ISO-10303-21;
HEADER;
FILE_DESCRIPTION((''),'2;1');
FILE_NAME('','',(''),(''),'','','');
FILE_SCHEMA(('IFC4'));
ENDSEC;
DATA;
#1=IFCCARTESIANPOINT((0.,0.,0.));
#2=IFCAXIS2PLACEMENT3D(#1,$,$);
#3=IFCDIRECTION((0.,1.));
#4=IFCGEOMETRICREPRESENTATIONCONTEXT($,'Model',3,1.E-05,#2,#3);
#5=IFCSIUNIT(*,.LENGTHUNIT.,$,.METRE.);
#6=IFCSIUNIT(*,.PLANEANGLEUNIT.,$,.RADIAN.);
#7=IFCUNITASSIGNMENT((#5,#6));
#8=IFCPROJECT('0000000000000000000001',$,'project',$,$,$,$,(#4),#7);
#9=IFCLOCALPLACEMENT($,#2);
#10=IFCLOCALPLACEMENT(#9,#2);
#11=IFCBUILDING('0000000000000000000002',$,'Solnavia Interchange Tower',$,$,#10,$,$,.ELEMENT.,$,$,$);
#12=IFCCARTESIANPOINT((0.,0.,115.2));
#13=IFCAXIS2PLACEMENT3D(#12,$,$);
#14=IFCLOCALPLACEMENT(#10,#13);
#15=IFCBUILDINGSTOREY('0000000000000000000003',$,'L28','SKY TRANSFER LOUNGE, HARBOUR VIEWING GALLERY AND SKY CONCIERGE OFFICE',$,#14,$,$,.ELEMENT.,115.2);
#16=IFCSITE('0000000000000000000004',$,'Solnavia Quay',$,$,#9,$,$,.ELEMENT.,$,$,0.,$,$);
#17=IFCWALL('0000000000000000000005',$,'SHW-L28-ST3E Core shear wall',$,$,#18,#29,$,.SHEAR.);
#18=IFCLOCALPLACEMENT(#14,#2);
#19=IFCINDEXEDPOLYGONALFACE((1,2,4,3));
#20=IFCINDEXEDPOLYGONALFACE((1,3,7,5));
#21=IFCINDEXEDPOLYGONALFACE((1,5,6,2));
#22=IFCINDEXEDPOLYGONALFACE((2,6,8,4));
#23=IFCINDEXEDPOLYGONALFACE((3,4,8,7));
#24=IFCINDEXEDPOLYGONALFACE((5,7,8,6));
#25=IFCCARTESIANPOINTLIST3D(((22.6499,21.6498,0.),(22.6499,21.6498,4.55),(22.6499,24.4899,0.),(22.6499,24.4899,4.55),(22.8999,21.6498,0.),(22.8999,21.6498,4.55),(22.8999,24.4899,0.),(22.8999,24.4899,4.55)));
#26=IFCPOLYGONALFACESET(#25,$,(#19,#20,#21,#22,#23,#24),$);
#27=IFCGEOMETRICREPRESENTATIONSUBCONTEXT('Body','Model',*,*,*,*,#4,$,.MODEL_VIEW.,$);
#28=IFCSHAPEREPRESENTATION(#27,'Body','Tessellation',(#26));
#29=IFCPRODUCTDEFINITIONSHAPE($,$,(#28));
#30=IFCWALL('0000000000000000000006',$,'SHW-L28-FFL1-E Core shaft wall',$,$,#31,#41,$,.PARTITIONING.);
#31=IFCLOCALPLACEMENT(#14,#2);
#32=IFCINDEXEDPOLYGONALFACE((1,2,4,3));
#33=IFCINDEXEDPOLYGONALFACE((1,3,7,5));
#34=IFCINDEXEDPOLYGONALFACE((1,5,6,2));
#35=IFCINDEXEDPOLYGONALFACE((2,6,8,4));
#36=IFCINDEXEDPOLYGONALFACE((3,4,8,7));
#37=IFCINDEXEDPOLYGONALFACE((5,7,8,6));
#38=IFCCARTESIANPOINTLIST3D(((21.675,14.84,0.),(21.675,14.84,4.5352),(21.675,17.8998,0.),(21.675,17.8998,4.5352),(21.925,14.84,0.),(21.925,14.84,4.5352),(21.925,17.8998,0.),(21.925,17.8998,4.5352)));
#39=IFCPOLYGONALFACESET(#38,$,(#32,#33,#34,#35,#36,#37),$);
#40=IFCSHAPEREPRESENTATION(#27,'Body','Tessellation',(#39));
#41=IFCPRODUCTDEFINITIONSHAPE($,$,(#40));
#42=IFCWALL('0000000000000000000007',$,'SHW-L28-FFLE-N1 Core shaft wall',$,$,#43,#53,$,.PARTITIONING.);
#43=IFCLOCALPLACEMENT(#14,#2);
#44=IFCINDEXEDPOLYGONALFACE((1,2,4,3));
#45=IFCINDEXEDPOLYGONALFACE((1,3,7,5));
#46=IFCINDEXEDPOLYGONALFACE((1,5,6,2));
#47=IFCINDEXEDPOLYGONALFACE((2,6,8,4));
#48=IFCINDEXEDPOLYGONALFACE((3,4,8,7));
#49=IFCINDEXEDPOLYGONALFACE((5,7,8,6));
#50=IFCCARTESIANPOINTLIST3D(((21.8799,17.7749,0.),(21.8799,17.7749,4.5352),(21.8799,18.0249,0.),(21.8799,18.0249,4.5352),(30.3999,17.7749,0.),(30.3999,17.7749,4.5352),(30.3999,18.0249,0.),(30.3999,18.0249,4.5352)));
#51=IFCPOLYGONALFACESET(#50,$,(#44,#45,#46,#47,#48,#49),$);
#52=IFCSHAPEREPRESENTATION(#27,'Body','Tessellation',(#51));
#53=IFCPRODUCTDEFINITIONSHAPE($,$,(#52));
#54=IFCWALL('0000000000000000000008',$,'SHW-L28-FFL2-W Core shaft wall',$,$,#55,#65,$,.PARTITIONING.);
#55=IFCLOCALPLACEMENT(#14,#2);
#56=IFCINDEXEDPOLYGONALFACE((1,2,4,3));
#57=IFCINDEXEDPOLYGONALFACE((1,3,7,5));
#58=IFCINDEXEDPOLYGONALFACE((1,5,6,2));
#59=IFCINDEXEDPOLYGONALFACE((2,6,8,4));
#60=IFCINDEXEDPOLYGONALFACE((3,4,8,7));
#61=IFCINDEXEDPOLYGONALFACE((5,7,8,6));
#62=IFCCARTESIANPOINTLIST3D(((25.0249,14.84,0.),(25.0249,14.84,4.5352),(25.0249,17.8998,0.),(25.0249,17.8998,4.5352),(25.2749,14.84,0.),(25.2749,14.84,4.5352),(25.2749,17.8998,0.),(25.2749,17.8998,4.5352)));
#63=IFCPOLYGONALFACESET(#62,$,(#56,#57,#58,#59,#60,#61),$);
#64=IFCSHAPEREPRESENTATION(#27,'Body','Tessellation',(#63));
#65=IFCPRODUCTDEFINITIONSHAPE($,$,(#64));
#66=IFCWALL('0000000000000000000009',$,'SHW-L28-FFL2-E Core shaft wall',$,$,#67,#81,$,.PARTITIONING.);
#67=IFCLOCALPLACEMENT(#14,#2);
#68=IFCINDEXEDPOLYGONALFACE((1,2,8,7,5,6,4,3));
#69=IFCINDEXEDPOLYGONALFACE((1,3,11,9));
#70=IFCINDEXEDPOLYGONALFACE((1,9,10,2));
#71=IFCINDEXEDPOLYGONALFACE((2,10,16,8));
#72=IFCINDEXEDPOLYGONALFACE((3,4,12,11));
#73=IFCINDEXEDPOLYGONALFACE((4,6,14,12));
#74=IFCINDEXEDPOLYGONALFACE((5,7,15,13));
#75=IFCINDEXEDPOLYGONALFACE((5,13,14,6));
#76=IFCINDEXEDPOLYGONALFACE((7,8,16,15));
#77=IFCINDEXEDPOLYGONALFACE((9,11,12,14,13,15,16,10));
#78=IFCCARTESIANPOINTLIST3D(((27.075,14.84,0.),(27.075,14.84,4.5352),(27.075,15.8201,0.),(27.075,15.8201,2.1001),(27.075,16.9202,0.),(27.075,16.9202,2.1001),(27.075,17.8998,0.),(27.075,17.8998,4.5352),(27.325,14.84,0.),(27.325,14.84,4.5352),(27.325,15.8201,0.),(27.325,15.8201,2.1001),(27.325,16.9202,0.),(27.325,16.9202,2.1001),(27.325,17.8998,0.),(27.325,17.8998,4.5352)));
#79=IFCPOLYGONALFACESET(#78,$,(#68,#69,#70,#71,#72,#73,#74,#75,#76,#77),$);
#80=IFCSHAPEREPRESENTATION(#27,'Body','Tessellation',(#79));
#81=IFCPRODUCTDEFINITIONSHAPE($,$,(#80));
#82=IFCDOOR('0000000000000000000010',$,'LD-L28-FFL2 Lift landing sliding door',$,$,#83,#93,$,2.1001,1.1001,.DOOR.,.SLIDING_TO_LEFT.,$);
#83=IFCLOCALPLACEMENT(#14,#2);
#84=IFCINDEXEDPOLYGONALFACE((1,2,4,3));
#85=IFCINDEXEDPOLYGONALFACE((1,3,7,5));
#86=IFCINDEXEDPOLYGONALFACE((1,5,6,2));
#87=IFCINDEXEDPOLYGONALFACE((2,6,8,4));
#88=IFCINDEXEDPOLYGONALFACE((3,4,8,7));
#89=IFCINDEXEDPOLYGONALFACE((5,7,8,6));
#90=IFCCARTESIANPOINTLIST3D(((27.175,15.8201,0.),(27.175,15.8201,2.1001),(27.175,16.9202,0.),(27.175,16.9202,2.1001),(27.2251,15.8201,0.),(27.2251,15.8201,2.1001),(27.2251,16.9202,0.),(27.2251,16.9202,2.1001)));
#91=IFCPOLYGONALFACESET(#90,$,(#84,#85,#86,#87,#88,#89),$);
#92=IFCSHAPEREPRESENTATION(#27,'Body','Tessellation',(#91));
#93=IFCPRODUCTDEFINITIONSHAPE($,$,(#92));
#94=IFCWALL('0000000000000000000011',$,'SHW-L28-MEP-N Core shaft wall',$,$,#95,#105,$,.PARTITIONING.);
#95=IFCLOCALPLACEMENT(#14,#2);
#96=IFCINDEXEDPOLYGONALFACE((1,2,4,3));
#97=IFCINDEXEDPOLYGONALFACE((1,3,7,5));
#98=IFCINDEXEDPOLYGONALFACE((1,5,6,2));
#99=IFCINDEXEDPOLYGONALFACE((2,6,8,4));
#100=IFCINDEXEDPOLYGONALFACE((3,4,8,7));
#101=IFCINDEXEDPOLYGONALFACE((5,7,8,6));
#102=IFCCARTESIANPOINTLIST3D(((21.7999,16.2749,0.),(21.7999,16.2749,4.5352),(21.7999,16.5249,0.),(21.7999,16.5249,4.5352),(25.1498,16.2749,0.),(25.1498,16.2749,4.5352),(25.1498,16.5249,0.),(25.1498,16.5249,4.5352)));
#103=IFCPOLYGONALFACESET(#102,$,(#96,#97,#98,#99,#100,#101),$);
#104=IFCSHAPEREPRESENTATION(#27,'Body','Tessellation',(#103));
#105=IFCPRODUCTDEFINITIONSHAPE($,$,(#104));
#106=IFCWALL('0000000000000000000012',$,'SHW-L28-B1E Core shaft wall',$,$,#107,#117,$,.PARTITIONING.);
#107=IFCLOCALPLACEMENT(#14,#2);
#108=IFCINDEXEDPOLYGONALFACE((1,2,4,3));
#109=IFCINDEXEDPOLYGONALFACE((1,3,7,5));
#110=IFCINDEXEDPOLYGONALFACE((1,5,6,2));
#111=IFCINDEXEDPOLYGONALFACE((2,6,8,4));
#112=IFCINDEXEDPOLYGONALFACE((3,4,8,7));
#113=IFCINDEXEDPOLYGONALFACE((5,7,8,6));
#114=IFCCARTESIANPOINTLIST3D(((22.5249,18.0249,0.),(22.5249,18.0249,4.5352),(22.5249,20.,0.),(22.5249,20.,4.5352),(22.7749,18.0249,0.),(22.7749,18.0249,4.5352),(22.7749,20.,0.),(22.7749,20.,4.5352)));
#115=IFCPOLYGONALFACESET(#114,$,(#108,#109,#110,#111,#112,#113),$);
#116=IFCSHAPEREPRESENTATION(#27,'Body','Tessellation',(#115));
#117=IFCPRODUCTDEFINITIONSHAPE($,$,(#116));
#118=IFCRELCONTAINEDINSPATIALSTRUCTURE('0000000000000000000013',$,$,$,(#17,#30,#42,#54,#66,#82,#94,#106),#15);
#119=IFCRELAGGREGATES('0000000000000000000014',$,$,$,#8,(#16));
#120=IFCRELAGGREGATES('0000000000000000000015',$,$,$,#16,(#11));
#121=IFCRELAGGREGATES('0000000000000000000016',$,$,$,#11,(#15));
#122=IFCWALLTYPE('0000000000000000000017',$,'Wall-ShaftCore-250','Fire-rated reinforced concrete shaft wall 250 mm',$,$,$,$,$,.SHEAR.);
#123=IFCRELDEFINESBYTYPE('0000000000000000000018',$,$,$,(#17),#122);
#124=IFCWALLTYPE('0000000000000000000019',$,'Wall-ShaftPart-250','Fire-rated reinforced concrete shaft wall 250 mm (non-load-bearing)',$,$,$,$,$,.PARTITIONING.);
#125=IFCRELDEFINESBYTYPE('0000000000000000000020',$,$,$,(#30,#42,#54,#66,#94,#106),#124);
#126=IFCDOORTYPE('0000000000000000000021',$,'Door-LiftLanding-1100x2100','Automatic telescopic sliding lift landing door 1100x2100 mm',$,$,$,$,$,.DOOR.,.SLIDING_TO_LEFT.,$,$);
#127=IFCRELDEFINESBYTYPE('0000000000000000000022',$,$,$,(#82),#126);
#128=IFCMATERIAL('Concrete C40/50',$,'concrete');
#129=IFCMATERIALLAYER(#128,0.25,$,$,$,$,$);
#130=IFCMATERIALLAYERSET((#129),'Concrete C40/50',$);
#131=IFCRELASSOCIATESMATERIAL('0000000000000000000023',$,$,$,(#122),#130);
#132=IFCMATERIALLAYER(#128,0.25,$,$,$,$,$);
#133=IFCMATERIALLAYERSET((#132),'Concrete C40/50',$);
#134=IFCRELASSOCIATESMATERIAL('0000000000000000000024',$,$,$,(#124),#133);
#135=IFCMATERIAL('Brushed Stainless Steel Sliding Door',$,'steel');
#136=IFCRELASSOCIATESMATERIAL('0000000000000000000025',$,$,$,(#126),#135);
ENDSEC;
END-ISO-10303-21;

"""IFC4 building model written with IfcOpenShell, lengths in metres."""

from ifc_helpers import new_model, si_unit, direction, frame, frame_2d, origin, place, context, subcontext, project, spatial, rectangle, extrude, material, layer, layer_set, type_object, element, fill, save


model = new_model("IFC4")

# Units and contexts
model_context = context("Model", 3, precision=1e-05, world=origin(), true_north=direction((0.0, 1.0)))
body_context = subcontext(model_context, "Body", "Model", "MODEL_VIEW")
ifc_project = project(units=[si_unit("LENGTHUNIT", "METRE"), si_unit("PLANEANGLEUNIT", "RADIAN")], contexts=[model_context])

# Site, building, storey
site_placement = place(None, origin())
site = spatial("IfcSite", under=ifc_project, at=site_placement, Name="Solnavia Quay", CompositionType="ELEMENT", RefElevation=0.0)
building_placement = place(site_placement, origin())
building = spatial("IfcBuilding", under=site, at=building_placement, Name="Solnavia Interchange Tower", CompositionType="ELEMENT")
storey_placement = place(building_placement, frame((0.0, 0.0, 115.2)))
storey = spatial("IfcBuildingStorey", under=building, at=storey_placement, Name="L28", Description="SKY TRANSFER LOUNGE, HARBOUR VIEWING GALLERY AND SKY CONCIERGE OFFICE", CompositionType="ELEMENT", Elevation=115.2)

# Walls
ifc_material_1 = material(Name="Concrete C40/50", Category="concrete")
ifc_layer_1 = layer(ifc_material_1, 0.25)
ifc_layer_set_1 = layer_set([ifc_layer_1], Name="Concrete C40/50")
wall_type_1 = type_object("IfcWallType", Name="Wall-ShaftCore-250", Description="Fire-rated reinforced concrete shaft wall 250 mm", PredefinedType="SHEAR", material=ifc_layer_set_1)
wall_1_placement = place(storey_placement, frame((22.7749, 21.6499, 0.0), z_axis=(0.0, 0.0, 1.0), x_axis=(0.0, 1.0, 0.0)))
element("IfcWall", 1, at=wall_1_placement, inside=storey, type_object=wall_type_1, Name="SHW-L28-ST3E Core shear wall", PredefinedType="SHEAR", context=body_context, shape_type="SweptSolid", body=[
    extrude(rectangle(XDim=2.8401, YDim=0.25, at=frame_2d((1.4199, 0.0))), origin(), (0.0, 0.0, 1.0), 4.55),
])
ifc_layer_2 = layer(ifc_material_1, 0.25)
ifc_layer_set_2 = layer_set([ifc_layer_2], Name="Concrete C40/50")
wall_type_2 = type_object("IfcWallType", Name="Wall-ShaftPart-250", Description="Fire-rated reinforced concrete shaft wall 250 mm (non-load-bearing)", PredefinedType="PARTITIONING", material=ifc_layer_set_2)
wall_2_placement = place(storey_placement, frame((21.8, 14.8401, 0.0), z_axis=(0.0, 0.0, 1.0), x_axis=(0.0, 1.0, 0.0)))
element("IfcWall", 2, at=wall_2_placement, inside=storey, type_object=wall_type_2, Name="SHW-L28-FFL1-E Core shaft wall", PredefinedType="PARTITIONING", context=body_context, shape_type="SweptSolid", body=[
    extrude(rectangle(XDim=3.0598, YDim=0.25, at=frame_2d((1.5298, 0.0))), origin(), (0.0, 0.0, 1.0), 4.5352),
])
wall_3_placement = place(storey_placement, frame((21.8799, 17.8999, 0.0), z_axis=(0.0, 0.0, 1.0), x_axis=(1.0, 0.0, 0.0)))
element("IfcWall", 3, at=wall_3_placement, inside=storey, type_object=wall_type_2, Name="SHW-L28-FFLE-N1 Core shaft wall", PredefinedType="PARTITIONING", context=body_context, shape_type="SweptSolid", body=[
    extrude(rectangle(XDim=8.52, YDim=0.25, at=frame_2d((4.26, 0.0))), origin(), (0.0, 0.0, 1.0), 4.5352),
])
wall_4_placement = place(storey_placement, frame((25.1499, 14.8401, 0.0), z_axis=(0.0, 0.0, 1.0), x_axis=(0.0, 1.0, 0.0)))
element("IfcWall", 4, at=wall_4_placement, inside=storey, type_object=wall_type_2, Name="SHW-L28-FFL2-W Core shaft wall", PredefinedType="PARTITIONING", context=body_context, shape_type="SweptSolid", body=[
    extrude(rectangle(XDim=3.0598, YDim=0.25, at=frame_2d((1.5298, 0.0))), origin(), (0.0, 0.0, 1.0), 4.5352),
])

# Wall, opening, door
wall_5_placement = place(storey_placement, frame((27.2, 14.8401, 0.0), z_axis=(0.0, 0.0, 1.0), x_axis=(0.0, 1.0, 0.0)))
wall_5 = element("IfcWall", 5, at=wall_5_placement, inside=storey, type_object=wall_type_2, Name="SHW-L28-FFL2-E Core shaft wall", PredefinedType="PARTITIONING", context=body_context, shape_type="SweptSolid", body=[
    extrude(rectangle(XDim=3.0598, YDim=0.25, at=frame_2d((1.5298, 0.0))), origin(), (0.0, 0.0, 1.0), 4.5352),
])
opening_1_placement = place(wall_5_placement, frame((0.98, 0.0, 0.0)))
opening_1 = element("IfcOpeningElement", 6, at=opening_1_placement, cuts=wall_5, PredefinedType="OPENING", context=body_context, shape_type="SweptSolid", body=[
    extrude(rectangle(XDim=1.1001, YDim=2.1001, at=frame_2d((0.55, 1.05))), frame((0.0, 0.135, 0.0), z_axis=(0.0, -1.0, 0.0), x_axis=(1.0, 0.0, 0.0)), (0.0, 0.0, 1.0), 0.27),
])
ifc_material_2 = material(Name="Brushed Stainless Steel Sliding Door", Category="steel")
door_type = type_object("IfcDoorType", Name="Door-LiftLanding-1100x2100", Description="Automatic telescopic sliding lift landing door 1100x2100 mm", OperationType="SLIDING_TO_LEFT", PredefinedType="DOOR", material=ifc_material_2)
door_1_placement = place(opening_1_placement, origin())
door_1 = element("IfcDoor", 7, at=door_1_placement, inside=storey, type_object=door_type, Name="LD-L28-FFL2 Lift landing sliding door", OperationType="SLIDING_TO_LEFT", OverallHeight=2.1001, OverallWidth=1.1001, PredefinedType="DOOR", context=body_context, shape_type="SweptSolid", body=[
    extrude(rectangle(XDim=1.1001, YDim=2.1001, at=frame_2d((0.55, 1.05))), frame((0.0, 0.0249, 0.0), z_axis=(0.0, -1.0, 0.0), x_axis=(1.0, 0.0, 0.0)), (0.0, 0.0, 1.0), 0.05),
])
fill(opening_1, door_1)

# Walls
wall_6_placement = place(storey_placement, frame((21.8, 16.3999, 0.0), z_axis=(0.0, 0.0, 1.0), x_axis=(1.0, 0.0, 0.0)))
element("IfcWall", 8, at=wall_6_placement, inside=storey, type_object=wall_type_2, Name="SHW-L28-MEP-N Core shaft wall", PredefinedType="PARTITIONING", context=body_context, shape_type="SweptSolid", body=[
    extrude(rectangle(XDim=3.3499, YDim=0.25, at=frame_2d((1.6748, 0.0))), origin(), (0.0, 0.0, 1.0), 4.5352),
])
wall_7_placement = place(storey_placement, frame((22.6499, 18.0249, 0.0), z_axis=(0.0, 0.0, 1.0), x_axis=(0.0, 1.0, 0.0)))
element("IfcWall", 9, at=wall_7_placement, inside=storey, type_object=wall_type_2, Name="SHW-L28-B1E Core shaft wall", PredefinedType="PARTITIONING", context=body_context, shape_type="SweptSolid", body=[
    extrude(rectangle(XDim=1.9751, YDim=0.25, at=frame_2d((0.9875, 0.0))), origin(), (0.0, 0.0, 1.0), 4.5352),
])

save(model, "model.ifc")
